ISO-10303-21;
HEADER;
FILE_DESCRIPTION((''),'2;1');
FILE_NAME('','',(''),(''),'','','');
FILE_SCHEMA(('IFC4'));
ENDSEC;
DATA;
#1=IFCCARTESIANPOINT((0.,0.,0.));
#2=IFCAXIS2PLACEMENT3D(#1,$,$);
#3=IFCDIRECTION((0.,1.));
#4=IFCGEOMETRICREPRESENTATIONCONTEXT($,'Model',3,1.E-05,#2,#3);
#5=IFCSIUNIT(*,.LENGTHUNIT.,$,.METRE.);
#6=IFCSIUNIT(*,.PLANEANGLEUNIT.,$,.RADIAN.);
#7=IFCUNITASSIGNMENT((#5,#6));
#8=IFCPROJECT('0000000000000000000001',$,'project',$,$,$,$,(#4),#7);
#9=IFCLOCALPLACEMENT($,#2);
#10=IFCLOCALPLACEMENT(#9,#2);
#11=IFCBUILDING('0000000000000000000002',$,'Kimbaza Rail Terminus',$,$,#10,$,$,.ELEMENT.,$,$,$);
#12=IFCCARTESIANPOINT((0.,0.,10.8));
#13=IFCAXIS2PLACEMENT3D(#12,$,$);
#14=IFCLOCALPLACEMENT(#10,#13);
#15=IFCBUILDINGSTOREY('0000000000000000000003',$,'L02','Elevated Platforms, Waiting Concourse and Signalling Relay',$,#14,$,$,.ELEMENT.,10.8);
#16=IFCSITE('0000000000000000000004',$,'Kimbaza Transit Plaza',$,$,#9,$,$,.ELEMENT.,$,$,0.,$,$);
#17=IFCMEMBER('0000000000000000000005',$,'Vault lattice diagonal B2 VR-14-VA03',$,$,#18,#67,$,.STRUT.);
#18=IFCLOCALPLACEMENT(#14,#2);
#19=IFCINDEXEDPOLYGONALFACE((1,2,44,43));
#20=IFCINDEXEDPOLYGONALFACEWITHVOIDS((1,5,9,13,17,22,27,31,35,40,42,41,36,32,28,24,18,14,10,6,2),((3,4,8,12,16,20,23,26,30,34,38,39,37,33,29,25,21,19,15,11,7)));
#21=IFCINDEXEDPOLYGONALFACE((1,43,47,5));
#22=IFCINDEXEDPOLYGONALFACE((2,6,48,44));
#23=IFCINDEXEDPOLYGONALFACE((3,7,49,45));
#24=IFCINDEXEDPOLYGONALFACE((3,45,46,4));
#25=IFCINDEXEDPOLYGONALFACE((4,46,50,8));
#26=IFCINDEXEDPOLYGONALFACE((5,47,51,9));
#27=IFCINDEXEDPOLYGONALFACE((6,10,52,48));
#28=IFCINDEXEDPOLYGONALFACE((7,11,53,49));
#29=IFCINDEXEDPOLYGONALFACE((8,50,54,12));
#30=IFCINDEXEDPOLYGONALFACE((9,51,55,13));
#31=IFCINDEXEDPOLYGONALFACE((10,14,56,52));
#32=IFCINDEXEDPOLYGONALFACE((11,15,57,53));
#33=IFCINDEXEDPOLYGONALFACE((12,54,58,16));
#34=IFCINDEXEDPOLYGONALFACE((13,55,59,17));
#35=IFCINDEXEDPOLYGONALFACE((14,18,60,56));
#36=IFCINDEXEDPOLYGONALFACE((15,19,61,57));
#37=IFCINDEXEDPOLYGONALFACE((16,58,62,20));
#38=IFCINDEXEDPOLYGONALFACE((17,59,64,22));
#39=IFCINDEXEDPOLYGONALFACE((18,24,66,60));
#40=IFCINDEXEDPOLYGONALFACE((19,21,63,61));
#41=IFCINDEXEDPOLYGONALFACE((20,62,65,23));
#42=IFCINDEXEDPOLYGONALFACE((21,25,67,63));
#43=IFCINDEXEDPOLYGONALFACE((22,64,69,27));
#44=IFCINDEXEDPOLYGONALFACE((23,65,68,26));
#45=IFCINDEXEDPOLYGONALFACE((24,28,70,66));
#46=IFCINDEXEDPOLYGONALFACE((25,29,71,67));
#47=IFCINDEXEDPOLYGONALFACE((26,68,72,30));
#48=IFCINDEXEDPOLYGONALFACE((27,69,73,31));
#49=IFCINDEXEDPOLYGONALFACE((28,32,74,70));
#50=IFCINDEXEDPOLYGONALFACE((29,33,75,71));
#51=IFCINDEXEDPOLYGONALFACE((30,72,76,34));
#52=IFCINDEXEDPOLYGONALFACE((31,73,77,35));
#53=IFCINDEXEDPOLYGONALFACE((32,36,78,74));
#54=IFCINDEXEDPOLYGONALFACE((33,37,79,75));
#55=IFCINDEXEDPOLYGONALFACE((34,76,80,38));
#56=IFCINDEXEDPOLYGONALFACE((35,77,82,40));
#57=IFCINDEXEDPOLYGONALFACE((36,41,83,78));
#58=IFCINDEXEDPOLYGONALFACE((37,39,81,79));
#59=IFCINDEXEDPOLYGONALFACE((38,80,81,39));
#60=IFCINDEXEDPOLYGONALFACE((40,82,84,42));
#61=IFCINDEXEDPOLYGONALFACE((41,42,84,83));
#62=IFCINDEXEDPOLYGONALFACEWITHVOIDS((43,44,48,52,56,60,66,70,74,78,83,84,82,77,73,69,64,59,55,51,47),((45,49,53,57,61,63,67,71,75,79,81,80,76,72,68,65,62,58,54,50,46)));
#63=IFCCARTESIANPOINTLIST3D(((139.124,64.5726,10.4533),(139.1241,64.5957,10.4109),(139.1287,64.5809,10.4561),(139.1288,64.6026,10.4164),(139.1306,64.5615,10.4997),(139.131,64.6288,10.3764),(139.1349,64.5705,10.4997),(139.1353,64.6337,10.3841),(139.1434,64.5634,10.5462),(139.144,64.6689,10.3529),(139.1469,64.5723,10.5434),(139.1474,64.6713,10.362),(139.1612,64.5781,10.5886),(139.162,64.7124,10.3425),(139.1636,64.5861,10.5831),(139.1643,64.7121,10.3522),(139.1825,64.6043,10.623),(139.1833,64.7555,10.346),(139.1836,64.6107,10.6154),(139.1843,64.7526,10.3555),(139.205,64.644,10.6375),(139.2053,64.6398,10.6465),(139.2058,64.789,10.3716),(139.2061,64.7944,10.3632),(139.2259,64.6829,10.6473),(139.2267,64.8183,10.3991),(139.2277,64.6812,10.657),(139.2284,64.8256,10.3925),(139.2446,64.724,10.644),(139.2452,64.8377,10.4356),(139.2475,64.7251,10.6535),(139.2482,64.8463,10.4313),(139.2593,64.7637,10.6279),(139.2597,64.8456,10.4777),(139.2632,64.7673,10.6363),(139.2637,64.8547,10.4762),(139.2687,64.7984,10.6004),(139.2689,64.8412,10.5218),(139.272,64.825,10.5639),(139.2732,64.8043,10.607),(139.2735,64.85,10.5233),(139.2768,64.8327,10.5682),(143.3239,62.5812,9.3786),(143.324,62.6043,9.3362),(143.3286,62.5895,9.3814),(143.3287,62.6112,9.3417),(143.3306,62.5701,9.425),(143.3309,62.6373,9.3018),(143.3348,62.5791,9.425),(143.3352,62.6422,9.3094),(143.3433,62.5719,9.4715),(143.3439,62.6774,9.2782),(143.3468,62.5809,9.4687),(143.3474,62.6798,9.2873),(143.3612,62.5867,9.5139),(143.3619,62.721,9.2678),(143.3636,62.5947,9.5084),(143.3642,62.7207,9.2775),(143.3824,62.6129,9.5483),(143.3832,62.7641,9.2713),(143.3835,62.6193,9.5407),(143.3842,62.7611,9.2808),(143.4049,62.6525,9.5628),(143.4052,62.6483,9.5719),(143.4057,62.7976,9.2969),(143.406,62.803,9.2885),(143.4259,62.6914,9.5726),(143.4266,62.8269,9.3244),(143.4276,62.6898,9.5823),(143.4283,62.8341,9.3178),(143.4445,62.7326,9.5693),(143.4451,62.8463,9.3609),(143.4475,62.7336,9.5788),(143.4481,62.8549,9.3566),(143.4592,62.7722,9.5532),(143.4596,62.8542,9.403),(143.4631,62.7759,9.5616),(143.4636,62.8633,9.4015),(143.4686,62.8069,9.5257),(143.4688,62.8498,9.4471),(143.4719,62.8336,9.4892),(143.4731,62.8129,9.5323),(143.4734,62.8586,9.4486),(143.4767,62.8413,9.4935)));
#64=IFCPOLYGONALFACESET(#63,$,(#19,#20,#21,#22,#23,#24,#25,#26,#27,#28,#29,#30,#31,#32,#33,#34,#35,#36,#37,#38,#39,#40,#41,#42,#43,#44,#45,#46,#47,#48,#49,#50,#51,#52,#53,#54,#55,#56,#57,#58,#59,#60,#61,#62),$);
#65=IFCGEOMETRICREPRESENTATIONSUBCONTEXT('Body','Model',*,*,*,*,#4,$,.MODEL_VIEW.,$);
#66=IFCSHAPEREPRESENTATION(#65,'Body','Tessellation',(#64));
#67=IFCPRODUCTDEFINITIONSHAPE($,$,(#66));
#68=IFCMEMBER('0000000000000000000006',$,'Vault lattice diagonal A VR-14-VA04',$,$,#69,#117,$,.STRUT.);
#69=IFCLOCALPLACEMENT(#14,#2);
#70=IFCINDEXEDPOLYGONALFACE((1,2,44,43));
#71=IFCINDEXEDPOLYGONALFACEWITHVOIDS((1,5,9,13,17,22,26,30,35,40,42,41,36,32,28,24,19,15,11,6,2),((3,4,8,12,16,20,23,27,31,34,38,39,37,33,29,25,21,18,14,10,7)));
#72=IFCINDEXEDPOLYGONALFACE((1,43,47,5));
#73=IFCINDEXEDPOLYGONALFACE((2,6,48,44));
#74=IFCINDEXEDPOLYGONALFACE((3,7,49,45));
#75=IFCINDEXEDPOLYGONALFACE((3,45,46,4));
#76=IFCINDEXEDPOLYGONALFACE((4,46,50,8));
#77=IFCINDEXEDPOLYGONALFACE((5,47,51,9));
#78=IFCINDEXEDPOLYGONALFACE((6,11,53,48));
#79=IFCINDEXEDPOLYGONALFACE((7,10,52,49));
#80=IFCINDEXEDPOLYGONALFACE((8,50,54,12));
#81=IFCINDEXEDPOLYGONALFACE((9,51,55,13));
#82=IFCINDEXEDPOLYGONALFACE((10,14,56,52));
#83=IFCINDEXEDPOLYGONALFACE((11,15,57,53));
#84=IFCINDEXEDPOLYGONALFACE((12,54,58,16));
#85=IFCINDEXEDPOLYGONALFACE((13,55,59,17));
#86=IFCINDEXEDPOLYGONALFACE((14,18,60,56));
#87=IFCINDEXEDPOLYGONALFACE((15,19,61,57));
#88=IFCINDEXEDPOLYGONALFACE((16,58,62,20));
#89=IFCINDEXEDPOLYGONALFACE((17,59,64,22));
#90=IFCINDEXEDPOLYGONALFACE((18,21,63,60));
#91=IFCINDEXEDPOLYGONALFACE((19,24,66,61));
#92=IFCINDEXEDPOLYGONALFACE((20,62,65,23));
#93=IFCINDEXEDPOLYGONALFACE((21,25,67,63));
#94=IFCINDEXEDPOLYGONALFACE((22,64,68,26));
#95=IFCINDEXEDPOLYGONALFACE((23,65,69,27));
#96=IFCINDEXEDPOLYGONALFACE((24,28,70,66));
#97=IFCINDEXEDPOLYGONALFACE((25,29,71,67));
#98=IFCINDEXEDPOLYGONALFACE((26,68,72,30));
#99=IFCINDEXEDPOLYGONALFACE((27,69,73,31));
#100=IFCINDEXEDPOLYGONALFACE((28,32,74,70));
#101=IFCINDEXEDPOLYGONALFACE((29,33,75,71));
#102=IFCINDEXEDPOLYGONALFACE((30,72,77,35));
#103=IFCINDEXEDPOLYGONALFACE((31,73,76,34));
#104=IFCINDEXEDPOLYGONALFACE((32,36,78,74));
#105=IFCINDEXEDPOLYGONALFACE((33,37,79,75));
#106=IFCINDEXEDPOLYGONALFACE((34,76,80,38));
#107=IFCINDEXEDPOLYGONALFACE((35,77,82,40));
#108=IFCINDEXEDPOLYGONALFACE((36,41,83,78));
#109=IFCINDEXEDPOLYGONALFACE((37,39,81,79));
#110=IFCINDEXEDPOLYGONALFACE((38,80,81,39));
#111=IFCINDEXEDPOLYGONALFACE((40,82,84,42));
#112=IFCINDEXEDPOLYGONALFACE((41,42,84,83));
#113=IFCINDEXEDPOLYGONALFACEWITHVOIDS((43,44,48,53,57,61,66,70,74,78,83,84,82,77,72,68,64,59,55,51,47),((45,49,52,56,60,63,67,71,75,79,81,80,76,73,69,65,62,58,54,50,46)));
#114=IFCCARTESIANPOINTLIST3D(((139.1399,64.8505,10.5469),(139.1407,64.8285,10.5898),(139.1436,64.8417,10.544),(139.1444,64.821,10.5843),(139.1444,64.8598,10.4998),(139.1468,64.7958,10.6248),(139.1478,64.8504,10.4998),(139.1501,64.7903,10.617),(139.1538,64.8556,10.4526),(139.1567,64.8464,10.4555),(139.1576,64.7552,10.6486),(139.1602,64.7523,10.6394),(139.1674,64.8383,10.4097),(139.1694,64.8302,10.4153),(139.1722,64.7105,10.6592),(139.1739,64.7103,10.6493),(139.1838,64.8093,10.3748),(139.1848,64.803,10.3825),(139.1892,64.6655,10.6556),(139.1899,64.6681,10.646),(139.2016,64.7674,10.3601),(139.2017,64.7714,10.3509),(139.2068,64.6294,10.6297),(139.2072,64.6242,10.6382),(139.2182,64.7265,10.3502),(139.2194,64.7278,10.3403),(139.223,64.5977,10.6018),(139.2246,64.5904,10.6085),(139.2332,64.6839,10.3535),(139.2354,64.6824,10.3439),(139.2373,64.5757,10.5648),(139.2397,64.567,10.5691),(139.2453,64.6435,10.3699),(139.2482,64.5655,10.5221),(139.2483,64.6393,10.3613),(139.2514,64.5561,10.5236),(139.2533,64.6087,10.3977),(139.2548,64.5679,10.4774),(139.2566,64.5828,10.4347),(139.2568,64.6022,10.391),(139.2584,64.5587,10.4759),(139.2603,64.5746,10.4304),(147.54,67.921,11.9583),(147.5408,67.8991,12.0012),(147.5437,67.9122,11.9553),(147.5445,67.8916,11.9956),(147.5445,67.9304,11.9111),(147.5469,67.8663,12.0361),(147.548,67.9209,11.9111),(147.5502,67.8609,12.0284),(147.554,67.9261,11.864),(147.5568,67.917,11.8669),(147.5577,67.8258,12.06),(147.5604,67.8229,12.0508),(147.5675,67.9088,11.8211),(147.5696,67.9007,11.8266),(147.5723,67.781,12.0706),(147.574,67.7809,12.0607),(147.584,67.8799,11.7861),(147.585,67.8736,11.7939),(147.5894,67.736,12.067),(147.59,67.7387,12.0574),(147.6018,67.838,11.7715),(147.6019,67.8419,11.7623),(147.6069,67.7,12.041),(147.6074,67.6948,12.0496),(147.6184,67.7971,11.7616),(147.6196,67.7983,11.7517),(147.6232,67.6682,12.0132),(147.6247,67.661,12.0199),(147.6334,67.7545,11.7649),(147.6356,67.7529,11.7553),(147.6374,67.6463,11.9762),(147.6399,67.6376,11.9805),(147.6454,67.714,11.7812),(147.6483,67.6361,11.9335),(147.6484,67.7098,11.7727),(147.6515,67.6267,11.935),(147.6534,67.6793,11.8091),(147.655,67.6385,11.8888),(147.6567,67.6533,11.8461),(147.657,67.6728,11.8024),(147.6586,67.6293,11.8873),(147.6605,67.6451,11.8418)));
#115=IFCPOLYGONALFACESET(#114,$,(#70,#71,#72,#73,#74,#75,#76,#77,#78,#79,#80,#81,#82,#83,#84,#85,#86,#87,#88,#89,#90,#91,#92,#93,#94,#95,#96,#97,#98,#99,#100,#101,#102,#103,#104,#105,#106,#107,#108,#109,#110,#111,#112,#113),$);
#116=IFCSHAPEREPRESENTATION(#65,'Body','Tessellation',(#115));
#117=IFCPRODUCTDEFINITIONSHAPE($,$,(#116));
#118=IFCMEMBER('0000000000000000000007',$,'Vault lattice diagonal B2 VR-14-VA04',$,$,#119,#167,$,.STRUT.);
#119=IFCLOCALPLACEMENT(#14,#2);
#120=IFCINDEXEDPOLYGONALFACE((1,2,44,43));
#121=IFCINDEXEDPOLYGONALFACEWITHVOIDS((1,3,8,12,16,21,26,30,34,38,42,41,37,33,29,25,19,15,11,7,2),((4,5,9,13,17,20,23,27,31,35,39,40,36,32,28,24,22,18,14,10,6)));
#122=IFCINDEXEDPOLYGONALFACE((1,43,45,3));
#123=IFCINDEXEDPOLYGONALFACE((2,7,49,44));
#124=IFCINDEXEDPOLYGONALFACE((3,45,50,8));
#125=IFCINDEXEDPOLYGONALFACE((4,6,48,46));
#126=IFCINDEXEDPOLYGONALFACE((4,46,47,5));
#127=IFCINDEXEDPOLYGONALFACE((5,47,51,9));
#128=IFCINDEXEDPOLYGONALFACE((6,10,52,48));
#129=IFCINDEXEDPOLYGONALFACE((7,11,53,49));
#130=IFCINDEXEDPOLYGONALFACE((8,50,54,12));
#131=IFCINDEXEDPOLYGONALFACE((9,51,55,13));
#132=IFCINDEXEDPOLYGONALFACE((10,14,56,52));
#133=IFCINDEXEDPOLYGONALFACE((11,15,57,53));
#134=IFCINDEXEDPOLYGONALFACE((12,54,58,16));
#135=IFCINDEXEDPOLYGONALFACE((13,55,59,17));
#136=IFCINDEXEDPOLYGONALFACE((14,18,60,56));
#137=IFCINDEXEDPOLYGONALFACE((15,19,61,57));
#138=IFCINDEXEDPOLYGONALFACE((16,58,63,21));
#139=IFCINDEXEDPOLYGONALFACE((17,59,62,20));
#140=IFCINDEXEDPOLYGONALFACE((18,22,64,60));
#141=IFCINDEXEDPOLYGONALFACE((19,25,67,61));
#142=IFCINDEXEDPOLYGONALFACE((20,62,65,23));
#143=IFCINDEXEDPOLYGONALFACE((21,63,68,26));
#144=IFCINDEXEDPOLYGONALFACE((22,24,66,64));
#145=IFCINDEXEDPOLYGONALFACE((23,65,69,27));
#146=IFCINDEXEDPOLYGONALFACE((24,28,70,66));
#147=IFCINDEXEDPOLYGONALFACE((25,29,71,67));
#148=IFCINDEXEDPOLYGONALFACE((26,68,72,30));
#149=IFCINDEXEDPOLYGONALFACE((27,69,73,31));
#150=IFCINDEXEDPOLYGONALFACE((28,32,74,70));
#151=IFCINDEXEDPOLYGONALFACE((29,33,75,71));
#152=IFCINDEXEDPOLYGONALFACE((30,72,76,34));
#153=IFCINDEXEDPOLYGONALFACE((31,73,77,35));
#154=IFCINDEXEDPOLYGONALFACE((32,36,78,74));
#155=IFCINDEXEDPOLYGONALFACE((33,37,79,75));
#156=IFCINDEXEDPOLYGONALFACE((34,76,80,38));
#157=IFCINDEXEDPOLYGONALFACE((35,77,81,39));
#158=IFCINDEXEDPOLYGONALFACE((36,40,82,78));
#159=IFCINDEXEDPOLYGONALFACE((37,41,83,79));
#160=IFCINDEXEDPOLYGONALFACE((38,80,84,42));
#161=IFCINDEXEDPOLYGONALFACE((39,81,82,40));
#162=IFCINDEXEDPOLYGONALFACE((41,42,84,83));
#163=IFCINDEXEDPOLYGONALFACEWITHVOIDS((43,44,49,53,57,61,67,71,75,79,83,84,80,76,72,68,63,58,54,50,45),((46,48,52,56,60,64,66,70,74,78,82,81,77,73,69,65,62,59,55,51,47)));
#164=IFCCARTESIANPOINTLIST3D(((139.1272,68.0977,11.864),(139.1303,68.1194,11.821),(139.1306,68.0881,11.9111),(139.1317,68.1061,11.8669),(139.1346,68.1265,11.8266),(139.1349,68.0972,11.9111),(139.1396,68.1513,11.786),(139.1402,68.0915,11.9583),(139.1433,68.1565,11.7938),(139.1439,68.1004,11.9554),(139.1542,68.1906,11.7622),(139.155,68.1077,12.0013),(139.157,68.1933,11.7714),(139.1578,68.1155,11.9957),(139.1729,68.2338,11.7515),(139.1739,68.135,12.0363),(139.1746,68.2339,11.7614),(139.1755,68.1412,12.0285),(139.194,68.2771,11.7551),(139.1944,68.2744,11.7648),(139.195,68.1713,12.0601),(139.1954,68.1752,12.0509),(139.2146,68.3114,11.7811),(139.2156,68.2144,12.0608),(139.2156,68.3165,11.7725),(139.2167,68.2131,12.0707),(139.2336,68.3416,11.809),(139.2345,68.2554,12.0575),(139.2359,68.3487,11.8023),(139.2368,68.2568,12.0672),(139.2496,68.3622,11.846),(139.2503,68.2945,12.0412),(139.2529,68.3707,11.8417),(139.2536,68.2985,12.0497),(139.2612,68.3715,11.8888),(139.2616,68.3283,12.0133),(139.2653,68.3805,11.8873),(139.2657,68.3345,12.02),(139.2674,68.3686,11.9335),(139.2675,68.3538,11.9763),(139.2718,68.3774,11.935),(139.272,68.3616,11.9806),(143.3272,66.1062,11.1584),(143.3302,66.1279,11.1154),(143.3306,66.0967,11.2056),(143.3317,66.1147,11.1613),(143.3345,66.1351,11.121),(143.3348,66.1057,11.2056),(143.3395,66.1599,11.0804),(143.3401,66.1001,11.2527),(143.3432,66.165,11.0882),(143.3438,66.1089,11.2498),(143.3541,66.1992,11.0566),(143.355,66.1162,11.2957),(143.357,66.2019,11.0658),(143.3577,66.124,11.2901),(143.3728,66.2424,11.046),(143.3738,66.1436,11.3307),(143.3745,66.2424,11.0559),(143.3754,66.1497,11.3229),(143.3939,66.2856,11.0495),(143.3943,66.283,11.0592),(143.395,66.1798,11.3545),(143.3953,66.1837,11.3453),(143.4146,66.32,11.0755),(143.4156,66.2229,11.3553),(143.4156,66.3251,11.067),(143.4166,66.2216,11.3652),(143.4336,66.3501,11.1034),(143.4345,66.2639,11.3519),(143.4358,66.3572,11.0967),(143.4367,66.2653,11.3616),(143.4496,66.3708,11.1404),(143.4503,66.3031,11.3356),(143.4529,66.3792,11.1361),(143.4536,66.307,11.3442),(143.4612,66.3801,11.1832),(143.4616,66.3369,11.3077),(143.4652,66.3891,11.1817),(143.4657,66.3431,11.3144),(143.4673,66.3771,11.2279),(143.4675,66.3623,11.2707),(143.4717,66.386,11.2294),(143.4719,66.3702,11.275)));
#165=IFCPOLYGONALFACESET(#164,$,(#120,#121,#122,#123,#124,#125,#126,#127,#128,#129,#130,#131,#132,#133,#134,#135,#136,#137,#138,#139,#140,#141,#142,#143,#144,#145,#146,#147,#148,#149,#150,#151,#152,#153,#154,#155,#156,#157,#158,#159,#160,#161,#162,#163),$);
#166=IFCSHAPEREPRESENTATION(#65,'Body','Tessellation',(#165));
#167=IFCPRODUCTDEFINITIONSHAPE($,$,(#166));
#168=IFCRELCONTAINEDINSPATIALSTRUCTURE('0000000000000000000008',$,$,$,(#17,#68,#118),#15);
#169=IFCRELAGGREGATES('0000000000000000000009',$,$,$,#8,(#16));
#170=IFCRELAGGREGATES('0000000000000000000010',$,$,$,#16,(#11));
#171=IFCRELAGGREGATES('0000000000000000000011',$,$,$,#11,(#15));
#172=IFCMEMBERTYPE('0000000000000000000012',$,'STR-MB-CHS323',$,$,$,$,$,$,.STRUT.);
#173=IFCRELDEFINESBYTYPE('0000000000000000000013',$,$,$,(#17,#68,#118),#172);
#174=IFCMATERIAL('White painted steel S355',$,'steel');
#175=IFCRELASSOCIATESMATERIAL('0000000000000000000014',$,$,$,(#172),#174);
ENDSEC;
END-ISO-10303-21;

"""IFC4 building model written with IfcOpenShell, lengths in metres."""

from ifc_helpers import new_model, si_unit, direction, frame, origin, origin_2d, place, context, subcontext, project, spatial, hollow_circle, extrude, material, material_profile, profile_set, type_object, element, save


model = new_model("IFC4")

# Units and contexts
model_context = context("Model", 3, precision=1e-05, world=origin(), true_north=direction((0.0, 1.0)))
body_context = subcontext(model_context, "Body", "Model", "MODEL_VIEW")
ifc_project = project(units=[si_unit("LENGTHUNIT", "METRE"), si_unit("PLANEANGLEUNIT", "RADIAN")], contexts=[model_context])

# Site, building, storey
site_placement = place(None, origin())
site = spatial("IfcSite", under=ifc_project, at=site_placement, Name="Kimbaza Transit Plaza", CompositionType="ELEMENT", RefElevation=0.0)
building_placement = place(site_placement, origin())
building = spatial("IfcBuilding", under=site, at=building_placement, Name="Kimbaza Rail Terminus", CompositionType="ELEMENT")
storey_placement = place(building_placement, frame((0.0, 0.0, 10.8)))
storey = spatial("IfcBuildingStorey", under=building, at=storey_placement, Name="L02", Description="Elevated Platforms, Waiting Concourse and Signalling Relay", CompositionType="ELEMENT", Elevation=10.8)

# Members
ifc_material_1 = material(Name="White painted steel S355", Category="steel")
ifc_material_profile_1 = material_profile(ifc_material_1, hollow_circle(Radius=0.1619, WallThickness=0.01, at=origin_2d()), Name="CHS 323.9x10")
ifc_profile_set_1 = profile_set([ifc_material_profile_1], Name="White painted steel S355")
member_type_1 = type_object("IfcMemberType", Name="STR-MB-CHS323", PredefinedType="STRUT", material=ifc_profile_set_1)
member_1_placement = place(storey_placement, frame((143.3999, 62.7163, 9.425), z_axis=(-0.880346, 0.417426, 0.225268), x_axis=(-0.428439, -0.903571, 0.0)))
element("IfcMember", 1, at=member_1_placement, inside=storey, type_object=member_type_1, Name="Vault lattice diagonal B2 VR-14-VA03", PredefinedType="STRUT", context=body_context, shape_type="SweptSolid", body=[
    extrude(hollow_circle(Radius=0.1619, WallThickness=0.01, at=origin_2d()), origin(), (0.0, 0.0, 1.0), 4.7708),
])
member_2_placement = place(storey_placement, frame((139.2, 64.7078, 10.4998), z_axis=(0.927739, 0.339122, 0.155877), x_axis=(-0.343318, 0.939219, 0.0)))
element("IfcMember", 2, at=member_2_placement, inside=storey, type_object=member_type_1, Name="Vault lattice diagonal A VR-14-VA04", PredefinedType="STRUT", context=body_context, shape_type="SweptSolid", body=[
    extrude(hollow_circle(Radius=0.1619, WallThickness=0.01, at=origin_2d()), origin(), (0.0, 0.0, 1.0), 9.0544),
])
member_3_placement = place(storey_placement, frame((143.3999, 66.2429, 11.2056), z_axis=(-0.893338, 0.423586, 0.150075), x_axis=(-0.428439, -0.903571, 0.0)))
element("IfcMember", 3, at=member_3_placement, inside=storey, type_object=member_type_1, Name="Vault lattice diagonal B2 VR-14-VA04", PredefinedType="STRUT", context=body_context, shape_type="SweptSolid", body=[
    extrude(hollow_circle(Radius=0.1619, WallThickness=0.01, at=origin_2d()), origin(), (0.0, 0.0, 1.0), 4.7014),
])

save(model, "model.ifc")
